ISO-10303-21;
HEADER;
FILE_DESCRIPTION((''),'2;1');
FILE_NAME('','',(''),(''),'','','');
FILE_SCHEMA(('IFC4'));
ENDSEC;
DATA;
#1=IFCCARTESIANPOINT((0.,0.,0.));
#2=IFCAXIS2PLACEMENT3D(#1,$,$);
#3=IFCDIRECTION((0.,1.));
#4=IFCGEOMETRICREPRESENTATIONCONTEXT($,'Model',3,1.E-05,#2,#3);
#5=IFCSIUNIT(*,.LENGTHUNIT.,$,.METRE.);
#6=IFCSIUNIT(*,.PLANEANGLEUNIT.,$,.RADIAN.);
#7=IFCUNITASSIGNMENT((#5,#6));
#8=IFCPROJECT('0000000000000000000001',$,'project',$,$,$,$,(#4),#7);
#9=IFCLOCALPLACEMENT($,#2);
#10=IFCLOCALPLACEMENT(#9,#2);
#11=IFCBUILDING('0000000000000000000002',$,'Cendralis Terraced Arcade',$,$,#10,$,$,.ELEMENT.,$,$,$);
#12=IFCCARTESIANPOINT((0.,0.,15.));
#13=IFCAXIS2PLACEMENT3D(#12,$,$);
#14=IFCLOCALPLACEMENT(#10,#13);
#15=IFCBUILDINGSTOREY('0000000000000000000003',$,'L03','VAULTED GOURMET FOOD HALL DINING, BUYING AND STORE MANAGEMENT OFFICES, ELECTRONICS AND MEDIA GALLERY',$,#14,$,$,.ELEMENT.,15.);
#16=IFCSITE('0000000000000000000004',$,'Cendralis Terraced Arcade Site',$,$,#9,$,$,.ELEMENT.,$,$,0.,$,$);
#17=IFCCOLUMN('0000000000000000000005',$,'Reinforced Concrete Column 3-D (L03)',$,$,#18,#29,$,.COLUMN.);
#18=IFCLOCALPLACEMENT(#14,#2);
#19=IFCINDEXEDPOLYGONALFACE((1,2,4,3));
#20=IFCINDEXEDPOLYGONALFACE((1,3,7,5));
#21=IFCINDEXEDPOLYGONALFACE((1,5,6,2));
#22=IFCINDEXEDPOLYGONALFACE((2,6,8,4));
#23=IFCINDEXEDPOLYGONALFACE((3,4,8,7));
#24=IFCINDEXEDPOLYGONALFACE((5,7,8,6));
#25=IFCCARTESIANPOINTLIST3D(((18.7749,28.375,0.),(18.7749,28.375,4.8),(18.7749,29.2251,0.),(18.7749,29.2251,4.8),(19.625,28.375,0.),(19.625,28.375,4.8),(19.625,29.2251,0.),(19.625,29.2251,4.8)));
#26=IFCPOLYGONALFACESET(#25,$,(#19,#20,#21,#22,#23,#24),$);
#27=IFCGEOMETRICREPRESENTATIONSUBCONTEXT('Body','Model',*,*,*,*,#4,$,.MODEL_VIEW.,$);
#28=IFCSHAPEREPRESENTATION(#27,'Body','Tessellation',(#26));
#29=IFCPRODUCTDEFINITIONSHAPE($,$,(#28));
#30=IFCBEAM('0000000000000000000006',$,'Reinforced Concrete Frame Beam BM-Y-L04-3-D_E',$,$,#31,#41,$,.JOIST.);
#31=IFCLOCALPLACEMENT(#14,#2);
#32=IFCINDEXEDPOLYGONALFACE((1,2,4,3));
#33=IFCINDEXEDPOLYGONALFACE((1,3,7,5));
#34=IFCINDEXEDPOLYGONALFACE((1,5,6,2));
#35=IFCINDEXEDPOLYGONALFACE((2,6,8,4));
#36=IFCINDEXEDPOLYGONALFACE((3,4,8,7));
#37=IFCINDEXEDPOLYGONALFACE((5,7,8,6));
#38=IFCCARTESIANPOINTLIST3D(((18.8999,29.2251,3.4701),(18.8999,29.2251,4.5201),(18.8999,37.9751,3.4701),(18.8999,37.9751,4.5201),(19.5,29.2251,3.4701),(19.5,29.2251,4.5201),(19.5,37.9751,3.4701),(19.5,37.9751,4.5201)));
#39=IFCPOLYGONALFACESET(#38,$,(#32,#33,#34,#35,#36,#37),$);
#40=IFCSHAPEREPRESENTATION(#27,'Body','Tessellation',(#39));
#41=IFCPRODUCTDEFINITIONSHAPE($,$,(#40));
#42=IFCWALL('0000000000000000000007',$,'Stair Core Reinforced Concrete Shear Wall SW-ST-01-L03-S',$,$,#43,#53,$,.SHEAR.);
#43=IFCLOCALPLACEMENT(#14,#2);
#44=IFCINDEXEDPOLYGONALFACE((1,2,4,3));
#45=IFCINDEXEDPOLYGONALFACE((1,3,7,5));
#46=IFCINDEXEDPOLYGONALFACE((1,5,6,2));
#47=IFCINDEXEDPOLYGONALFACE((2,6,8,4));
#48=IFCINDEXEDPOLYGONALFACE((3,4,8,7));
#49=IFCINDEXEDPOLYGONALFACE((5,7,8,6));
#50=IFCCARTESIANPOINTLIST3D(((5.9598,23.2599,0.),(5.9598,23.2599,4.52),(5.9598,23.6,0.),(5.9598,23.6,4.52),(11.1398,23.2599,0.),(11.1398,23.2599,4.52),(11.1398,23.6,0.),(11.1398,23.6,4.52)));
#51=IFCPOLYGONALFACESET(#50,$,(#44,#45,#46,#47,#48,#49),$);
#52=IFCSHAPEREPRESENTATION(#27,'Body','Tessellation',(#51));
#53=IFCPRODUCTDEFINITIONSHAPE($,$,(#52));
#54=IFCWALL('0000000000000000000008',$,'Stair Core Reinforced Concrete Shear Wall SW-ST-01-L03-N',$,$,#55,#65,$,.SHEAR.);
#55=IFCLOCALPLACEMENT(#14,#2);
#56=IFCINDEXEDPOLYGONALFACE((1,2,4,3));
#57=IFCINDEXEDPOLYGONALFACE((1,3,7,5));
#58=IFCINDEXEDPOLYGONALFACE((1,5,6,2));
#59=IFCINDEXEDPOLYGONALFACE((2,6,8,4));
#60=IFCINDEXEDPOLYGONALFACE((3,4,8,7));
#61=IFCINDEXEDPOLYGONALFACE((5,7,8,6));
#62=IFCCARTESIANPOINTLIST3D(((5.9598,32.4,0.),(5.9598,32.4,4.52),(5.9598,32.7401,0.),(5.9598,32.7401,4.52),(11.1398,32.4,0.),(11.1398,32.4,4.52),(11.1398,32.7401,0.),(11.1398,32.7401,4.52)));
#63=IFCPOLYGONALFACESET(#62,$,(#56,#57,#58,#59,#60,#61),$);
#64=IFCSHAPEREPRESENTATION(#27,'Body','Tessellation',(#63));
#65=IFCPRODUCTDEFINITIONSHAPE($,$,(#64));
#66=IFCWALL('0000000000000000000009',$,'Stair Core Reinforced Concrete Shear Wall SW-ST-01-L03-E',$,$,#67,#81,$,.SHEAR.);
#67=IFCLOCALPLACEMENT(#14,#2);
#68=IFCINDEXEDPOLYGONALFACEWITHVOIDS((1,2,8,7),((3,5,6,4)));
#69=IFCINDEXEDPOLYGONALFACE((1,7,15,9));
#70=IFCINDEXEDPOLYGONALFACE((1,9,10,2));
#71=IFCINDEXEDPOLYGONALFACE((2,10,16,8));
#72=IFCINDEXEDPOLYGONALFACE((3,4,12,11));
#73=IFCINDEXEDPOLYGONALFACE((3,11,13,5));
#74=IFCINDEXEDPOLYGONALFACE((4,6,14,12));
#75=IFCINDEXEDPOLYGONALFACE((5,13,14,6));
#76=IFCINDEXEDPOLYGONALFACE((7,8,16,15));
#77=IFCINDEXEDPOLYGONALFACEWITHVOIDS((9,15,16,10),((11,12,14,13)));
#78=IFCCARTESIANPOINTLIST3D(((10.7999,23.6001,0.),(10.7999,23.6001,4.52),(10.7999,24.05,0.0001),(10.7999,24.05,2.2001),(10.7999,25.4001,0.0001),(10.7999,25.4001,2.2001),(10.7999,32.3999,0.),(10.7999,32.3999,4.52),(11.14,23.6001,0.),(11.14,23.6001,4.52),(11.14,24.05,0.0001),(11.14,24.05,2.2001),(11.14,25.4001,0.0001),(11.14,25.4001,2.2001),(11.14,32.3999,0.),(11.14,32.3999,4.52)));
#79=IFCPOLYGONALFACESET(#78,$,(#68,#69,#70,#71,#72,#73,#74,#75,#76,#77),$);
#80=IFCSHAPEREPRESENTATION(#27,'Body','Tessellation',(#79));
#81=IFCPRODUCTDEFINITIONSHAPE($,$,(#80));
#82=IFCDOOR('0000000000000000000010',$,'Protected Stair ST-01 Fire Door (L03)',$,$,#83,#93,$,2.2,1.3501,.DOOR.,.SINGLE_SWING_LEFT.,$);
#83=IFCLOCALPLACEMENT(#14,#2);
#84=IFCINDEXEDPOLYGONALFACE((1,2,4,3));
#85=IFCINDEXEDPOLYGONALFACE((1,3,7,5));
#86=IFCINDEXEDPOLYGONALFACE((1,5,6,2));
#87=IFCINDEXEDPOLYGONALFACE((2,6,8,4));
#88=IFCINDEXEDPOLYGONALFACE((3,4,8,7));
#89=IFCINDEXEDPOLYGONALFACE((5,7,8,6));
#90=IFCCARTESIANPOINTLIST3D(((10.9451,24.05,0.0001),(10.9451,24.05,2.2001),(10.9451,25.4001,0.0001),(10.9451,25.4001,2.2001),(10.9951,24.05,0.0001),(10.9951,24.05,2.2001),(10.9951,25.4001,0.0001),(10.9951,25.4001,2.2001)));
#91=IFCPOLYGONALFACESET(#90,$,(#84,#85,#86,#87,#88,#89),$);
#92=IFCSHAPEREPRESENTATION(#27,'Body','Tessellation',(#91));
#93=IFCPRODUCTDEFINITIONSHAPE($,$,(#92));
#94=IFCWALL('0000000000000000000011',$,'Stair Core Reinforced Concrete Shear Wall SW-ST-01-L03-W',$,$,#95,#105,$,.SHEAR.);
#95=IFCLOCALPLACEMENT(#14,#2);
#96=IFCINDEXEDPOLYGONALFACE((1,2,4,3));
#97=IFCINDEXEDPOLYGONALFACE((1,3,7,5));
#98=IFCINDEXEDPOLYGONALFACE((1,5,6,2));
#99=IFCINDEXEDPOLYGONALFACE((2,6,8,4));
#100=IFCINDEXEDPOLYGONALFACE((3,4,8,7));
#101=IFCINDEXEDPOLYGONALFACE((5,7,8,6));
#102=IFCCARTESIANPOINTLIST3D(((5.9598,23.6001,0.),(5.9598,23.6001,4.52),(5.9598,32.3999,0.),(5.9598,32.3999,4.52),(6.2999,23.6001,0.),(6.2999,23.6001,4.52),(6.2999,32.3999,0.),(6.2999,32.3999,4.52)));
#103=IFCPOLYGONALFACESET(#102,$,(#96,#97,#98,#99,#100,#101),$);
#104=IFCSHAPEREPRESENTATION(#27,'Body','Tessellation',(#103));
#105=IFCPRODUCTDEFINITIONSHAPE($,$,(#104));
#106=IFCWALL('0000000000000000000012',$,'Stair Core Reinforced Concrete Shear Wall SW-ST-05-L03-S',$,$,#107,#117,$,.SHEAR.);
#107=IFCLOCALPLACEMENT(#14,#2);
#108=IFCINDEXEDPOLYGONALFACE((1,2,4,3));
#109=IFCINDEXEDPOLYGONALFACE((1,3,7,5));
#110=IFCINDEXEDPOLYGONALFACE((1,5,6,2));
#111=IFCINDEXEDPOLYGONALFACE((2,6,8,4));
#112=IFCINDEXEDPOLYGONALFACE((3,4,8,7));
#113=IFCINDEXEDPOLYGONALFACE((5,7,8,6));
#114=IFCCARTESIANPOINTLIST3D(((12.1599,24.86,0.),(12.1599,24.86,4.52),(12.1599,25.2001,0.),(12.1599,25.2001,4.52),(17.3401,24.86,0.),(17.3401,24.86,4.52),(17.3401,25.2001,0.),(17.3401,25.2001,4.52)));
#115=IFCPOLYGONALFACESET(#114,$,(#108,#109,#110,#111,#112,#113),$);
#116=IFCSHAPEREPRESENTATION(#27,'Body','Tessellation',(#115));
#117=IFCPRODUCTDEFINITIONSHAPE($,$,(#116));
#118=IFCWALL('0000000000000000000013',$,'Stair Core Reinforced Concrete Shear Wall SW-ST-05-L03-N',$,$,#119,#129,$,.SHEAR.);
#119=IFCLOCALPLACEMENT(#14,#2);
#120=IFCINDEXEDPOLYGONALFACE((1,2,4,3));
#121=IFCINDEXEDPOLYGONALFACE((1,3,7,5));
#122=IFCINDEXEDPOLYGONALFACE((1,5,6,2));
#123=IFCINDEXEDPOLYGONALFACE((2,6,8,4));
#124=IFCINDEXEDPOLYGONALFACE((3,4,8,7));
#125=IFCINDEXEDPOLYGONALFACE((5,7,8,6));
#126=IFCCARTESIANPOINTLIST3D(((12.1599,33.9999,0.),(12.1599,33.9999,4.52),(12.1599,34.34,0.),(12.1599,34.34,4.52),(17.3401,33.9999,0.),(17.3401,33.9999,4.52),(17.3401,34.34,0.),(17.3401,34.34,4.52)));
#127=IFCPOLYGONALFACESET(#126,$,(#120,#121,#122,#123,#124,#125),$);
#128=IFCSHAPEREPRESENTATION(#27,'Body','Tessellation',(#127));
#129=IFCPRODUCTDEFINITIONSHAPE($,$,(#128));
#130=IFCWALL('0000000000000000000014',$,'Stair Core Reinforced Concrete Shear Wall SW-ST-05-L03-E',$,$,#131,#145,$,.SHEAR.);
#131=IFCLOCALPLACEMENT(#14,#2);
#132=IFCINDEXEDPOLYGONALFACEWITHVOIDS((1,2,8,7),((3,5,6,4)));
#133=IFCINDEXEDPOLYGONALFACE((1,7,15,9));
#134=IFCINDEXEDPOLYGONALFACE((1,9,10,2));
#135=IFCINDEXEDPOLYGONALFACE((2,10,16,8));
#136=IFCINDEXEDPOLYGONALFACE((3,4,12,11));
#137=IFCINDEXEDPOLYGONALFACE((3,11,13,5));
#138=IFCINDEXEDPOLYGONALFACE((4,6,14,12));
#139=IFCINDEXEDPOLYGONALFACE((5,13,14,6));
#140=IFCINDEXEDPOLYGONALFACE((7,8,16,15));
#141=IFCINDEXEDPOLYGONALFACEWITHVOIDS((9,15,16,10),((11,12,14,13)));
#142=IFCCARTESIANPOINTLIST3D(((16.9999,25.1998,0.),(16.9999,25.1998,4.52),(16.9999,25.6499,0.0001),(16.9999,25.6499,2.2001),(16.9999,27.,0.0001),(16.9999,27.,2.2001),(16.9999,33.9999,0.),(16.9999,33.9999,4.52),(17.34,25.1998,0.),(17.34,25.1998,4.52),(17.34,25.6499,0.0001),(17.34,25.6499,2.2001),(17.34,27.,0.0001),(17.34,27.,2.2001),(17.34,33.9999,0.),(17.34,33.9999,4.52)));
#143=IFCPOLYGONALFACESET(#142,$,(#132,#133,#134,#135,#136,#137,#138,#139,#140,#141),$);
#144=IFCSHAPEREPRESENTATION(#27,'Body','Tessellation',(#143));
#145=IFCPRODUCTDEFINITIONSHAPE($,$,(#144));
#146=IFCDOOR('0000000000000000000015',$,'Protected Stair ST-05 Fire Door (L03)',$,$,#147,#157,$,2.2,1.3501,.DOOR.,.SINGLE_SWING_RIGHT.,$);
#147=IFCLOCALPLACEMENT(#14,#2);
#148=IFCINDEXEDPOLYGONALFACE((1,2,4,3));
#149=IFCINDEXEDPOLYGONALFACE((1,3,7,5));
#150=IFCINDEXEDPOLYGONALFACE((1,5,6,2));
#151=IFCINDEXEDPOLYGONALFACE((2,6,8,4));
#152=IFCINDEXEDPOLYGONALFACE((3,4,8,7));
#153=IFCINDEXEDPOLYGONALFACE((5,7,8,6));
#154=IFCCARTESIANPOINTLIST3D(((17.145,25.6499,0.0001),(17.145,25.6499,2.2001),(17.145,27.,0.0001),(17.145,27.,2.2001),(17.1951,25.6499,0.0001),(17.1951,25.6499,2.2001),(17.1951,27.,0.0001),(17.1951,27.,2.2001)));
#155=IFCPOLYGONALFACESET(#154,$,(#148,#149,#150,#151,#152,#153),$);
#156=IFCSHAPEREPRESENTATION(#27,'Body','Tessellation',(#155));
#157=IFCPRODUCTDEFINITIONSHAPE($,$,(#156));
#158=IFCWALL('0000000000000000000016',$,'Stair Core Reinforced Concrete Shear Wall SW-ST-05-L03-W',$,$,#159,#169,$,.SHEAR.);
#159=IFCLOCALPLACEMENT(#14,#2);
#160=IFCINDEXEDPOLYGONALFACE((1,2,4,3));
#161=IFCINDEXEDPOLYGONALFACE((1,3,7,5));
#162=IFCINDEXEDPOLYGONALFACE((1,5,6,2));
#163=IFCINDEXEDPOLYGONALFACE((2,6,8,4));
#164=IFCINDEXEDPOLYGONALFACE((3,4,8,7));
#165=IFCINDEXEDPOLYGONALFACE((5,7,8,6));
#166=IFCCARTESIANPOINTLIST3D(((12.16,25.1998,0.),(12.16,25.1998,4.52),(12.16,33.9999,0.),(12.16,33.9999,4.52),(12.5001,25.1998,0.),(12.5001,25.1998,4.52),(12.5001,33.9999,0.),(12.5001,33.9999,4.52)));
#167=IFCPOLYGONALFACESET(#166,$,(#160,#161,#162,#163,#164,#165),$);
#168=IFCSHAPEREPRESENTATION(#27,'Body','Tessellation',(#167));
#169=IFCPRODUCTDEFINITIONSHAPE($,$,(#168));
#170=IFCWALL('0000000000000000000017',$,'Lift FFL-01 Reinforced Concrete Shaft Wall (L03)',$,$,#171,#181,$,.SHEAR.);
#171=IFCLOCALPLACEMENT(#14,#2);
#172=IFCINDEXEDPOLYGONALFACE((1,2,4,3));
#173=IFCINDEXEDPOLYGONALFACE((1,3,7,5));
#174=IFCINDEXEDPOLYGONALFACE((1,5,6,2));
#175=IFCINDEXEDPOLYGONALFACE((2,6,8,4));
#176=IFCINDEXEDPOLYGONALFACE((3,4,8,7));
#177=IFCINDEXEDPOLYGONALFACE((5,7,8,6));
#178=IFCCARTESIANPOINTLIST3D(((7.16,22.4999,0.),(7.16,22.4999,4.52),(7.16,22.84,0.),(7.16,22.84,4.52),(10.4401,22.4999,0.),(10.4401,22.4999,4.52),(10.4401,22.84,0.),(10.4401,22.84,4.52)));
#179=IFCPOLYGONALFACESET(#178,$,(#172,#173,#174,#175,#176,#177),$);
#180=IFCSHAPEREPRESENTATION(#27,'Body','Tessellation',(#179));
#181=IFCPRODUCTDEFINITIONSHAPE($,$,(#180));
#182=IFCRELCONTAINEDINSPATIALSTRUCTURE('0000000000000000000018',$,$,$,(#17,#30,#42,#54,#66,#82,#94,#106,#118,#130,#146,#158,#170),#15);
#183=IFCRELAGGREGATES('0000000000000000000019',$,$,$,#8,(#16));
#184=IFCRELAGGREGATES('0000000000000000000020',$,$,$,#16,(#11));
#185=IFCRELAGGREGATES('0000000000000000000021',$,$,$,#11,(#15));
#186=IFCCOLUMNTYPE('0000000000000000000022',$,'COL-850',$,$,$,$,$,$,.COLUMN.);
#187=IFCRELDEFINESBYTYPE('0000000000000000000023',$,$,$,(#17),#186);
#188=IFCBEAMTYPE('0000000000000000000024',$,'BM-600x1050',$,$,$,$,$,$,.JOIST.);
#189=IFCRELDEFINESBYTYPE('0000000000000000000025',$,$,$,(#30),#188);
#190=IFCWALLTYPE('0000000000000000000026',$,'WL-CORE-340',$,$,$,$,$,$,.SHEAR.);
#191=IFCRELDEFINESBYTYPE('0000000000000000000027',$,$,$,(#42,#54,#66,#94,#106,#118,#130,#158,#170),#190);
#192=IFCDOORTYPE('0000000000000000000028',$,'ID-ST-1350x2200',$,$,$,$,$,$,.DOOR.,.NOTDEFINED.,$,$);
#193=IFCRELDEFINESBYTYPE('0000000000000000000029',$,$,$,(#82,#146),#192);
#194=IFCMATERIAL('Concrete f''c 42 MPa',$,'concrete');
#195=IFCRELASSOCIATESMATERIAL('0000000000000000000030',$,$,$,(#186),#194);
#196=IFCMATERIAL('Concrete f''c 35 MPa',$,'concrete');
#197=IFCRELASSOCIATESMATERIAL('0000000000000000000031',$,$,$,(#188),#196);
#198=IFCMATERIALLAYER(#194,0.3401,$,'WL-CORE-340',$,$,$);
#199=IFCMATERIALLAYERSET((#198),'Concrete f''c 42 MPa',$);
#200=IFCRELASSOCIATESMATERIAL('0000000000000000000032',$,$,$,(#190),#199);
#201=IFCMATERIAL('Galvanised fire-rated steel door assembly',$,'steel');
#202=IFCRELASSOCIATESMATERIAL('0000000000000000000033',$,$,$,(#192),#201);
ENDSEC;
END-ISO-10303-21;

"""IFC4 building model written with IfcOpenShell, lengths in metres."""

from ifc_helpers import new_model, si_unit, direction, frame, frame_2d, origin, origin_2d, place, context, subcontext, project, spatial, rectangle, extrude, material, layer, layer_set, material_profile, profile_set, type_object, element, fill, save


model = new_model("IFC4")

# Units and contexts
model_context = context("Model", 3, precision=1e-05, world=origin(), true_north=direction((0.0, 1.0)))
body_context = subcontext(model_context, "Body", "Model", "MODEL_VIEW")
ifc_project = project(units=[si_unit("LENGTHUNIT", "METRE"), si_unit("PLANEANGLEUNIT", "RADIAN")], contexts=[model_context])

# Site, building, storey
site_placement = place(None, origin())
site = spatial("IfcSite", under=ifc_project, at=site_placement, Name="Cendralis Terraced Arcade Site", CompositionType="ELEMENT", RefElevation=0.0)
building_placement = place(site_placement, origin())
building = spatial("IfcBuilding", under=site, at=building_placement, Name="Cendralis Terraced Arcade", CompositionType="ELEMENT")
storey_placement = place(building_placement, frame((0.0, 0.0, 15.0)))
storey = spatial("IfcBuildingStorey", under=building, at=storey_placement, Name="L03", Description="VAULTED GOURMET FOOD HALL DINING, BUYING AND STORE MANAGEMENT OFFICES, ELECTRONICS AND MEDIA GALLERY", CompositionType="ELEMENT", Elevation=15.0)

# Column
ifc_material_1 = material(Name="Concrete f'c 42 MPa", Category="concrete")
ifc_material_profile_1 = material_profile(ifc_material_1, rectangle(XDim=0.8501, YDim=0.8501, at=origin_2d()), Name="RC-COL-850x850", Category="LoadBearing")
ifc_profile_set_1 = profile_set([ifc_material_profile_1], Name="Concrete f'c 42 MPa")
column_type = type_object("IfcColumnType", Name="COL-850", PredefinedType="COLUMN", material=ifc_profile_set_1)
column_placement = place(storey_placement, frame((19.2, 28.8, 0.0), z_axis=(0.0, 0.0, 1.0), x_axis=(1.0, 0.0, 0.0)))
element("IfcColumn", 1, at=column_placement, inside=storey, type_object=column_type, Name="Reinforced Concrete Column 3-D (L03)", PredefinedType="COLUMN", context=body_context, shape_type="SweptSolid", body=[
    extrude(rectangle(XDim=0.8501, YDim=0.8501, at=origin_2d()), origin(), (0.0, 0.0, 1.0), 4.8),
])

# Beam
ifc_material_2 = material(Name="Concrete f'c 35 MPa", Category="concrete")
ifc_material_profile_2 = material_profile(ifc_material_2, rectangle(XDim=0.6001, YDim=1.05, at=origin_2d()), Name="RC-BM-600x1050", Category="LoadBearing")
ifc_profile_set_2 = profile_set([ifc_material_profile_2], Name="Concrete f'c 35 MPa")
beam_type = type_object("IfcBeamType", Name="BM-600x1050", PredefinedType="JOIST", material=ifc_profile_set_2)
beam_placement = place(storey_placement, frame((19.2, 29.2251, 3.9951), z_axis=(0.0, 1.0, 0.0), x_axis=(-1.0, 0.0, 0.0)))
element("IfcBeam", 2, at=beam_placement, inside=storey, type_object=beam_type, Name="Reinforced Concrete Frame Beam BM-Y-L04-3-D_E", PredefinedType="JOIST", context=body_context, shape_type="SweptSolid", body=[
    extrude(rectangle(XDim=0.6001, YDim=1.05, at=origin_2d()), origin(), (0.0, 0.0, 1.0), 8.75),
])

# Walls
ifc_layer_1 = layer(ifc_material_1, 0.3401, Name="WL-CORE-340")
ifc_layer_set_1 = layer_set([ifc_layer_1], Name="Concrete f'c 42 MPa")
wall_type_1 = type_object("IfcWallType", Name="WL-CORE-340", PredefinedType="SHEAR", material=ifc_layer_set_1)
for number, where, z_axis, x_axis, name in (
    (3, (5.96, 23.4299, 0.0), (0.0, 0.0, 1.0), (1.0, 0.0, 0.0), "Stair Core Reinforced Concrete Shear Wall SW-ST-01-L03-S"),
    (4, (5.96, 32.5701, 0.0), (0.0, 0.0, 1.0), (1.0, 0.0, 0.0), "Stair Core Reinforced Concrete Shear Wall SW-ST-01-L03-N"),
):
    element("IfcWall", number, at=place(storey_placement, frame(where, z_axis=z_axis, x_axis=x_axis)), inside=storey, type_object=wall_type_1, Name=name, PredefinedType="SHEAR", context=body_context, shape_type="SweptSolid", body=[
        extrude(rectangle(XDim=5.1799, YDim=0.3401, at=frame_2d((2.5898, 0.0))), origin(), (0.0, 0.0, 1.0), 4.52),
    ])

# Wall, opening, door
wall_1_placement = place(storey_placement, frame((10.97, 23.6001, 0.0), z_axis=(0.0, 0.0, 1.0), x_axis=(0.0, 1.0, 0.0)))
wall_1 = element("IfcWall", 5, at=wall_1_placement, inside=storey, type_object=wall_type_1, Name="Stair Core Reinforced Concrete Shear Wall SW-ST-01-L03-E", PredefinedType="SHEAR", context=body_context, shape_type="SweptSolid", body=[
    extrude(rectangle(XDim=8.7998, YDim=0.3401, at=frame_2d((4.3999, 0.0))), origin(), (0.0, 0.0, 1.0), 4.52),
])
opening_1_placement = place(wall_1_placement, frame((0.45, 0.0, 0.0)))
opening_1 = element("IfcOpeningElement", 6, at=opening_1_placement, cuts=wall_1, PredefinedType="OPENING", context=body_context, shape_type="SweptSolid", body=[
    extrude(rectangle(XDim=1.3501, YDim=2.2, at=frame_2d((0.675, 1.1001))), frame((0.0, 0.1821, 0.0), z_axis=(0.0, -1.0, 0.0), x_axis=(1.0, 0.0, 0.0)), (0.0, 0.0, 1.0), 0.364),
])
ifc_material_3 = material(Name="Galvanised fire-rated steel door assembly", Category="steel")
door_type = type_object("IfcDoorType", Name="ID-ST-1350x2200", OperationType="NOTDEFINED", PredefinedType="DOOR", material=ifc_material_3)
door_1_placement = place(opening_1_placement, origin())
door_1 = element("IfcDoor", 7, at=door_1_placement, inside=storey, type_object=door_type, Name="Protected Stair ST-01 Fire Door (L03)", OperationType="SINGLE_SWING_LEFT", OverallHeight=2.2, OverallWidth=1.3501, PredefinedType="DOOR", context=body_context, shape_type="SweptSolid", body=[
    extrude(rectangle(XDim=1.3501, YDim=2.2, at=frame_2d((0.675, 1.1001))), frame((0.0, 0.0249, 0.0), z_axis=(0.0, -1.0, 0.0), x_axis=(1.0, 0.0, 0.0)), (0.0, 0.0, 1.0), 0.05),
])
fill(opening_1, door_1)

# Walls
wall_2_placement = place(storey_placement, frame((6.1299, 23.6001, 0.0), z_axis=(0.0, 0.0, 1.0), x_axis=(0.0, 1.0, 0.0)))
element("IfcWall", 8, at=wall_2_placement, inside=storey, type_object=wall_type_1, Name="Stair Core Reinforced Concrete Shear Wall SW-ST-01-L03-W", PredefinedType="SHEAR", context=body_context, shape_type="SweptSolid", body=[
    extrude(rectangle(XDim=8.7998, YDim=0.3401, at=frame_2d((4.3999, 0.0))), origin(), (0.0, 0.0, 1.0), 4.52),
])
for number, where, z_axis, x_axis, name in (
    (9, (12.1599, 25.03, 0.0), (0.0, 0.0, 1.0), (1.0, 0.0, 0.0), "Stair Core Reinforced Concrete Shear Wall SW-ST-05-L03-S"),
    (10, (12.1599, 34.1699, 0.0), (0.0, 0.0, 1.0), (1.0, 0.0, 0.0), "Stair Core Reinforced Concrete Shear Wall SW-ST-05-L03-N"),
):
    element("IfcWall", number, at=place(storey_placement, frame(where, z_axis=z_axis, x_axis=x_axis)), inside=storey, type_object=wall_type_1, Name=name, PredefinedType="SHEAR", context=body_context, shape_type="SweptSolid", body=[
        extrude(rectangle(XDim=5.1802, YDim=0.3401, at=frame_2d((2.5901, 0.0))), origin(), (0.0, 0.0, 1.0), 4.52),
    ])

# Wall, opening, door
wall_3_placement = place(storey_placement, frame((17.1699, 25.2, 0.0), z_axis=(0.0, 0.0, 1.0), x_axis=(0.0, 1.0, 0.0)))
wall_3 = element("IfcWall", 11, at=wall_3_placement, inside=storey, type_object=wall_type_1, Name="Stair Core Reinforced Concrete Shear Wall SW-ST-05-L03-E", PredefinedType="SHEAR", context=body_context, shape_type="SweptSolid", body=[
    extrude(rectangle(XDim=8.8, YDim=0.3401, at=frame_2d((4.3999, 0.0))), origin(), (0.0, 0.0, 1.0), 4.52),
])
opening_2_placement = place(wall_3_placement, frame((0.45, 0.0, 0.0)))
opening_2 = element("IfcOpeningElement", 12, at=opening_2_placement, cuts=wall_3, PredefinedType="OPENING", context=body_context, shape_type="SweptSolid", body=[
    extrude(rectangle(XDim=1.3501, YDim=2.2, at=frame_2d((0.675, 1.1001))), frame((0.0, 0.1821, 0.0), z_axis=(0.0, -1.0, 0.0), x_axis=(1.0, 0.0, 0.0)), (0.0, 0.0, 1.0), 0.364),
])
door_2_placement = place(opening_2_placement, origin())
door_2 = element("IfcDoor", 13, at=door_2_placement, inside=storey, type_object=door_type, Name="Protected Stair ST-05 Fire Door (L03)", OperationType="SINGLE_SWING_RIGHT", OverallHeight=2.2, OverallWidth=1.3501, PredefinedType="DOOR", context=body_context, shape_type="SweptSolid", body=[
    extrude(rectangle(XDim=1.3501, YDim=2.2, at=frame_2d((0.675, 1.1001))), frame((0.0, 0.0249, 0.0), z_axis=(0.0, -1.0, 0.0), x_axis=(1.0, 0.0, 0.0)), (0.0, 0.0, 1.0), 0.05),
])
fill(opening_2, door_2)

# Walls
wall_4_placement = place(storey_placement, frame((12.3301, 25.2, 0.0), z_axis=(0.0, 0.0, 1.0), x_axis=(0.0, 1.0, 0.0)))
element("IfcWall", 14, at=wall_4_placement, inside=storey, type_object=wall_type_1, Name="Stair Core Reinforced Concrete Shear Wall SW-ST-05-L03-W", PredefinedType="SHEAR", context=body_context, shape_type="SweptSolid", body=[
    extrude(rectangle(XDim=8.8, YDim=0.3401, at=frame_2d((4.3999, 0.0))), origin(), (0.0, 0.0, 1.0), 4.52),
])
wall_5_placement = place(storey_placement, frame((7.1599, 22.6699, 0.0), z_axis=(0.0, 0.0, 1.0), x_axis=(1.0, 0.0, 0.0)))
element("IfcWall", 15, at=wall_5_placement, inside=storey, type_object=wall_type_1, Name="Lift FFL-01 Reinforced Concrete Shaft Wall (L03)", PredefinedType="SHEAR", context=body_context, shape_type="SweptSolid", body=[
    extrude(rectangle(XDim=3.28, YDim=0.3401, at=frame_2d((1.6401, 0.0))), origin(), (0.0, 0.0, 1.0), 4.52),
])

save(model, "model.ifc")
